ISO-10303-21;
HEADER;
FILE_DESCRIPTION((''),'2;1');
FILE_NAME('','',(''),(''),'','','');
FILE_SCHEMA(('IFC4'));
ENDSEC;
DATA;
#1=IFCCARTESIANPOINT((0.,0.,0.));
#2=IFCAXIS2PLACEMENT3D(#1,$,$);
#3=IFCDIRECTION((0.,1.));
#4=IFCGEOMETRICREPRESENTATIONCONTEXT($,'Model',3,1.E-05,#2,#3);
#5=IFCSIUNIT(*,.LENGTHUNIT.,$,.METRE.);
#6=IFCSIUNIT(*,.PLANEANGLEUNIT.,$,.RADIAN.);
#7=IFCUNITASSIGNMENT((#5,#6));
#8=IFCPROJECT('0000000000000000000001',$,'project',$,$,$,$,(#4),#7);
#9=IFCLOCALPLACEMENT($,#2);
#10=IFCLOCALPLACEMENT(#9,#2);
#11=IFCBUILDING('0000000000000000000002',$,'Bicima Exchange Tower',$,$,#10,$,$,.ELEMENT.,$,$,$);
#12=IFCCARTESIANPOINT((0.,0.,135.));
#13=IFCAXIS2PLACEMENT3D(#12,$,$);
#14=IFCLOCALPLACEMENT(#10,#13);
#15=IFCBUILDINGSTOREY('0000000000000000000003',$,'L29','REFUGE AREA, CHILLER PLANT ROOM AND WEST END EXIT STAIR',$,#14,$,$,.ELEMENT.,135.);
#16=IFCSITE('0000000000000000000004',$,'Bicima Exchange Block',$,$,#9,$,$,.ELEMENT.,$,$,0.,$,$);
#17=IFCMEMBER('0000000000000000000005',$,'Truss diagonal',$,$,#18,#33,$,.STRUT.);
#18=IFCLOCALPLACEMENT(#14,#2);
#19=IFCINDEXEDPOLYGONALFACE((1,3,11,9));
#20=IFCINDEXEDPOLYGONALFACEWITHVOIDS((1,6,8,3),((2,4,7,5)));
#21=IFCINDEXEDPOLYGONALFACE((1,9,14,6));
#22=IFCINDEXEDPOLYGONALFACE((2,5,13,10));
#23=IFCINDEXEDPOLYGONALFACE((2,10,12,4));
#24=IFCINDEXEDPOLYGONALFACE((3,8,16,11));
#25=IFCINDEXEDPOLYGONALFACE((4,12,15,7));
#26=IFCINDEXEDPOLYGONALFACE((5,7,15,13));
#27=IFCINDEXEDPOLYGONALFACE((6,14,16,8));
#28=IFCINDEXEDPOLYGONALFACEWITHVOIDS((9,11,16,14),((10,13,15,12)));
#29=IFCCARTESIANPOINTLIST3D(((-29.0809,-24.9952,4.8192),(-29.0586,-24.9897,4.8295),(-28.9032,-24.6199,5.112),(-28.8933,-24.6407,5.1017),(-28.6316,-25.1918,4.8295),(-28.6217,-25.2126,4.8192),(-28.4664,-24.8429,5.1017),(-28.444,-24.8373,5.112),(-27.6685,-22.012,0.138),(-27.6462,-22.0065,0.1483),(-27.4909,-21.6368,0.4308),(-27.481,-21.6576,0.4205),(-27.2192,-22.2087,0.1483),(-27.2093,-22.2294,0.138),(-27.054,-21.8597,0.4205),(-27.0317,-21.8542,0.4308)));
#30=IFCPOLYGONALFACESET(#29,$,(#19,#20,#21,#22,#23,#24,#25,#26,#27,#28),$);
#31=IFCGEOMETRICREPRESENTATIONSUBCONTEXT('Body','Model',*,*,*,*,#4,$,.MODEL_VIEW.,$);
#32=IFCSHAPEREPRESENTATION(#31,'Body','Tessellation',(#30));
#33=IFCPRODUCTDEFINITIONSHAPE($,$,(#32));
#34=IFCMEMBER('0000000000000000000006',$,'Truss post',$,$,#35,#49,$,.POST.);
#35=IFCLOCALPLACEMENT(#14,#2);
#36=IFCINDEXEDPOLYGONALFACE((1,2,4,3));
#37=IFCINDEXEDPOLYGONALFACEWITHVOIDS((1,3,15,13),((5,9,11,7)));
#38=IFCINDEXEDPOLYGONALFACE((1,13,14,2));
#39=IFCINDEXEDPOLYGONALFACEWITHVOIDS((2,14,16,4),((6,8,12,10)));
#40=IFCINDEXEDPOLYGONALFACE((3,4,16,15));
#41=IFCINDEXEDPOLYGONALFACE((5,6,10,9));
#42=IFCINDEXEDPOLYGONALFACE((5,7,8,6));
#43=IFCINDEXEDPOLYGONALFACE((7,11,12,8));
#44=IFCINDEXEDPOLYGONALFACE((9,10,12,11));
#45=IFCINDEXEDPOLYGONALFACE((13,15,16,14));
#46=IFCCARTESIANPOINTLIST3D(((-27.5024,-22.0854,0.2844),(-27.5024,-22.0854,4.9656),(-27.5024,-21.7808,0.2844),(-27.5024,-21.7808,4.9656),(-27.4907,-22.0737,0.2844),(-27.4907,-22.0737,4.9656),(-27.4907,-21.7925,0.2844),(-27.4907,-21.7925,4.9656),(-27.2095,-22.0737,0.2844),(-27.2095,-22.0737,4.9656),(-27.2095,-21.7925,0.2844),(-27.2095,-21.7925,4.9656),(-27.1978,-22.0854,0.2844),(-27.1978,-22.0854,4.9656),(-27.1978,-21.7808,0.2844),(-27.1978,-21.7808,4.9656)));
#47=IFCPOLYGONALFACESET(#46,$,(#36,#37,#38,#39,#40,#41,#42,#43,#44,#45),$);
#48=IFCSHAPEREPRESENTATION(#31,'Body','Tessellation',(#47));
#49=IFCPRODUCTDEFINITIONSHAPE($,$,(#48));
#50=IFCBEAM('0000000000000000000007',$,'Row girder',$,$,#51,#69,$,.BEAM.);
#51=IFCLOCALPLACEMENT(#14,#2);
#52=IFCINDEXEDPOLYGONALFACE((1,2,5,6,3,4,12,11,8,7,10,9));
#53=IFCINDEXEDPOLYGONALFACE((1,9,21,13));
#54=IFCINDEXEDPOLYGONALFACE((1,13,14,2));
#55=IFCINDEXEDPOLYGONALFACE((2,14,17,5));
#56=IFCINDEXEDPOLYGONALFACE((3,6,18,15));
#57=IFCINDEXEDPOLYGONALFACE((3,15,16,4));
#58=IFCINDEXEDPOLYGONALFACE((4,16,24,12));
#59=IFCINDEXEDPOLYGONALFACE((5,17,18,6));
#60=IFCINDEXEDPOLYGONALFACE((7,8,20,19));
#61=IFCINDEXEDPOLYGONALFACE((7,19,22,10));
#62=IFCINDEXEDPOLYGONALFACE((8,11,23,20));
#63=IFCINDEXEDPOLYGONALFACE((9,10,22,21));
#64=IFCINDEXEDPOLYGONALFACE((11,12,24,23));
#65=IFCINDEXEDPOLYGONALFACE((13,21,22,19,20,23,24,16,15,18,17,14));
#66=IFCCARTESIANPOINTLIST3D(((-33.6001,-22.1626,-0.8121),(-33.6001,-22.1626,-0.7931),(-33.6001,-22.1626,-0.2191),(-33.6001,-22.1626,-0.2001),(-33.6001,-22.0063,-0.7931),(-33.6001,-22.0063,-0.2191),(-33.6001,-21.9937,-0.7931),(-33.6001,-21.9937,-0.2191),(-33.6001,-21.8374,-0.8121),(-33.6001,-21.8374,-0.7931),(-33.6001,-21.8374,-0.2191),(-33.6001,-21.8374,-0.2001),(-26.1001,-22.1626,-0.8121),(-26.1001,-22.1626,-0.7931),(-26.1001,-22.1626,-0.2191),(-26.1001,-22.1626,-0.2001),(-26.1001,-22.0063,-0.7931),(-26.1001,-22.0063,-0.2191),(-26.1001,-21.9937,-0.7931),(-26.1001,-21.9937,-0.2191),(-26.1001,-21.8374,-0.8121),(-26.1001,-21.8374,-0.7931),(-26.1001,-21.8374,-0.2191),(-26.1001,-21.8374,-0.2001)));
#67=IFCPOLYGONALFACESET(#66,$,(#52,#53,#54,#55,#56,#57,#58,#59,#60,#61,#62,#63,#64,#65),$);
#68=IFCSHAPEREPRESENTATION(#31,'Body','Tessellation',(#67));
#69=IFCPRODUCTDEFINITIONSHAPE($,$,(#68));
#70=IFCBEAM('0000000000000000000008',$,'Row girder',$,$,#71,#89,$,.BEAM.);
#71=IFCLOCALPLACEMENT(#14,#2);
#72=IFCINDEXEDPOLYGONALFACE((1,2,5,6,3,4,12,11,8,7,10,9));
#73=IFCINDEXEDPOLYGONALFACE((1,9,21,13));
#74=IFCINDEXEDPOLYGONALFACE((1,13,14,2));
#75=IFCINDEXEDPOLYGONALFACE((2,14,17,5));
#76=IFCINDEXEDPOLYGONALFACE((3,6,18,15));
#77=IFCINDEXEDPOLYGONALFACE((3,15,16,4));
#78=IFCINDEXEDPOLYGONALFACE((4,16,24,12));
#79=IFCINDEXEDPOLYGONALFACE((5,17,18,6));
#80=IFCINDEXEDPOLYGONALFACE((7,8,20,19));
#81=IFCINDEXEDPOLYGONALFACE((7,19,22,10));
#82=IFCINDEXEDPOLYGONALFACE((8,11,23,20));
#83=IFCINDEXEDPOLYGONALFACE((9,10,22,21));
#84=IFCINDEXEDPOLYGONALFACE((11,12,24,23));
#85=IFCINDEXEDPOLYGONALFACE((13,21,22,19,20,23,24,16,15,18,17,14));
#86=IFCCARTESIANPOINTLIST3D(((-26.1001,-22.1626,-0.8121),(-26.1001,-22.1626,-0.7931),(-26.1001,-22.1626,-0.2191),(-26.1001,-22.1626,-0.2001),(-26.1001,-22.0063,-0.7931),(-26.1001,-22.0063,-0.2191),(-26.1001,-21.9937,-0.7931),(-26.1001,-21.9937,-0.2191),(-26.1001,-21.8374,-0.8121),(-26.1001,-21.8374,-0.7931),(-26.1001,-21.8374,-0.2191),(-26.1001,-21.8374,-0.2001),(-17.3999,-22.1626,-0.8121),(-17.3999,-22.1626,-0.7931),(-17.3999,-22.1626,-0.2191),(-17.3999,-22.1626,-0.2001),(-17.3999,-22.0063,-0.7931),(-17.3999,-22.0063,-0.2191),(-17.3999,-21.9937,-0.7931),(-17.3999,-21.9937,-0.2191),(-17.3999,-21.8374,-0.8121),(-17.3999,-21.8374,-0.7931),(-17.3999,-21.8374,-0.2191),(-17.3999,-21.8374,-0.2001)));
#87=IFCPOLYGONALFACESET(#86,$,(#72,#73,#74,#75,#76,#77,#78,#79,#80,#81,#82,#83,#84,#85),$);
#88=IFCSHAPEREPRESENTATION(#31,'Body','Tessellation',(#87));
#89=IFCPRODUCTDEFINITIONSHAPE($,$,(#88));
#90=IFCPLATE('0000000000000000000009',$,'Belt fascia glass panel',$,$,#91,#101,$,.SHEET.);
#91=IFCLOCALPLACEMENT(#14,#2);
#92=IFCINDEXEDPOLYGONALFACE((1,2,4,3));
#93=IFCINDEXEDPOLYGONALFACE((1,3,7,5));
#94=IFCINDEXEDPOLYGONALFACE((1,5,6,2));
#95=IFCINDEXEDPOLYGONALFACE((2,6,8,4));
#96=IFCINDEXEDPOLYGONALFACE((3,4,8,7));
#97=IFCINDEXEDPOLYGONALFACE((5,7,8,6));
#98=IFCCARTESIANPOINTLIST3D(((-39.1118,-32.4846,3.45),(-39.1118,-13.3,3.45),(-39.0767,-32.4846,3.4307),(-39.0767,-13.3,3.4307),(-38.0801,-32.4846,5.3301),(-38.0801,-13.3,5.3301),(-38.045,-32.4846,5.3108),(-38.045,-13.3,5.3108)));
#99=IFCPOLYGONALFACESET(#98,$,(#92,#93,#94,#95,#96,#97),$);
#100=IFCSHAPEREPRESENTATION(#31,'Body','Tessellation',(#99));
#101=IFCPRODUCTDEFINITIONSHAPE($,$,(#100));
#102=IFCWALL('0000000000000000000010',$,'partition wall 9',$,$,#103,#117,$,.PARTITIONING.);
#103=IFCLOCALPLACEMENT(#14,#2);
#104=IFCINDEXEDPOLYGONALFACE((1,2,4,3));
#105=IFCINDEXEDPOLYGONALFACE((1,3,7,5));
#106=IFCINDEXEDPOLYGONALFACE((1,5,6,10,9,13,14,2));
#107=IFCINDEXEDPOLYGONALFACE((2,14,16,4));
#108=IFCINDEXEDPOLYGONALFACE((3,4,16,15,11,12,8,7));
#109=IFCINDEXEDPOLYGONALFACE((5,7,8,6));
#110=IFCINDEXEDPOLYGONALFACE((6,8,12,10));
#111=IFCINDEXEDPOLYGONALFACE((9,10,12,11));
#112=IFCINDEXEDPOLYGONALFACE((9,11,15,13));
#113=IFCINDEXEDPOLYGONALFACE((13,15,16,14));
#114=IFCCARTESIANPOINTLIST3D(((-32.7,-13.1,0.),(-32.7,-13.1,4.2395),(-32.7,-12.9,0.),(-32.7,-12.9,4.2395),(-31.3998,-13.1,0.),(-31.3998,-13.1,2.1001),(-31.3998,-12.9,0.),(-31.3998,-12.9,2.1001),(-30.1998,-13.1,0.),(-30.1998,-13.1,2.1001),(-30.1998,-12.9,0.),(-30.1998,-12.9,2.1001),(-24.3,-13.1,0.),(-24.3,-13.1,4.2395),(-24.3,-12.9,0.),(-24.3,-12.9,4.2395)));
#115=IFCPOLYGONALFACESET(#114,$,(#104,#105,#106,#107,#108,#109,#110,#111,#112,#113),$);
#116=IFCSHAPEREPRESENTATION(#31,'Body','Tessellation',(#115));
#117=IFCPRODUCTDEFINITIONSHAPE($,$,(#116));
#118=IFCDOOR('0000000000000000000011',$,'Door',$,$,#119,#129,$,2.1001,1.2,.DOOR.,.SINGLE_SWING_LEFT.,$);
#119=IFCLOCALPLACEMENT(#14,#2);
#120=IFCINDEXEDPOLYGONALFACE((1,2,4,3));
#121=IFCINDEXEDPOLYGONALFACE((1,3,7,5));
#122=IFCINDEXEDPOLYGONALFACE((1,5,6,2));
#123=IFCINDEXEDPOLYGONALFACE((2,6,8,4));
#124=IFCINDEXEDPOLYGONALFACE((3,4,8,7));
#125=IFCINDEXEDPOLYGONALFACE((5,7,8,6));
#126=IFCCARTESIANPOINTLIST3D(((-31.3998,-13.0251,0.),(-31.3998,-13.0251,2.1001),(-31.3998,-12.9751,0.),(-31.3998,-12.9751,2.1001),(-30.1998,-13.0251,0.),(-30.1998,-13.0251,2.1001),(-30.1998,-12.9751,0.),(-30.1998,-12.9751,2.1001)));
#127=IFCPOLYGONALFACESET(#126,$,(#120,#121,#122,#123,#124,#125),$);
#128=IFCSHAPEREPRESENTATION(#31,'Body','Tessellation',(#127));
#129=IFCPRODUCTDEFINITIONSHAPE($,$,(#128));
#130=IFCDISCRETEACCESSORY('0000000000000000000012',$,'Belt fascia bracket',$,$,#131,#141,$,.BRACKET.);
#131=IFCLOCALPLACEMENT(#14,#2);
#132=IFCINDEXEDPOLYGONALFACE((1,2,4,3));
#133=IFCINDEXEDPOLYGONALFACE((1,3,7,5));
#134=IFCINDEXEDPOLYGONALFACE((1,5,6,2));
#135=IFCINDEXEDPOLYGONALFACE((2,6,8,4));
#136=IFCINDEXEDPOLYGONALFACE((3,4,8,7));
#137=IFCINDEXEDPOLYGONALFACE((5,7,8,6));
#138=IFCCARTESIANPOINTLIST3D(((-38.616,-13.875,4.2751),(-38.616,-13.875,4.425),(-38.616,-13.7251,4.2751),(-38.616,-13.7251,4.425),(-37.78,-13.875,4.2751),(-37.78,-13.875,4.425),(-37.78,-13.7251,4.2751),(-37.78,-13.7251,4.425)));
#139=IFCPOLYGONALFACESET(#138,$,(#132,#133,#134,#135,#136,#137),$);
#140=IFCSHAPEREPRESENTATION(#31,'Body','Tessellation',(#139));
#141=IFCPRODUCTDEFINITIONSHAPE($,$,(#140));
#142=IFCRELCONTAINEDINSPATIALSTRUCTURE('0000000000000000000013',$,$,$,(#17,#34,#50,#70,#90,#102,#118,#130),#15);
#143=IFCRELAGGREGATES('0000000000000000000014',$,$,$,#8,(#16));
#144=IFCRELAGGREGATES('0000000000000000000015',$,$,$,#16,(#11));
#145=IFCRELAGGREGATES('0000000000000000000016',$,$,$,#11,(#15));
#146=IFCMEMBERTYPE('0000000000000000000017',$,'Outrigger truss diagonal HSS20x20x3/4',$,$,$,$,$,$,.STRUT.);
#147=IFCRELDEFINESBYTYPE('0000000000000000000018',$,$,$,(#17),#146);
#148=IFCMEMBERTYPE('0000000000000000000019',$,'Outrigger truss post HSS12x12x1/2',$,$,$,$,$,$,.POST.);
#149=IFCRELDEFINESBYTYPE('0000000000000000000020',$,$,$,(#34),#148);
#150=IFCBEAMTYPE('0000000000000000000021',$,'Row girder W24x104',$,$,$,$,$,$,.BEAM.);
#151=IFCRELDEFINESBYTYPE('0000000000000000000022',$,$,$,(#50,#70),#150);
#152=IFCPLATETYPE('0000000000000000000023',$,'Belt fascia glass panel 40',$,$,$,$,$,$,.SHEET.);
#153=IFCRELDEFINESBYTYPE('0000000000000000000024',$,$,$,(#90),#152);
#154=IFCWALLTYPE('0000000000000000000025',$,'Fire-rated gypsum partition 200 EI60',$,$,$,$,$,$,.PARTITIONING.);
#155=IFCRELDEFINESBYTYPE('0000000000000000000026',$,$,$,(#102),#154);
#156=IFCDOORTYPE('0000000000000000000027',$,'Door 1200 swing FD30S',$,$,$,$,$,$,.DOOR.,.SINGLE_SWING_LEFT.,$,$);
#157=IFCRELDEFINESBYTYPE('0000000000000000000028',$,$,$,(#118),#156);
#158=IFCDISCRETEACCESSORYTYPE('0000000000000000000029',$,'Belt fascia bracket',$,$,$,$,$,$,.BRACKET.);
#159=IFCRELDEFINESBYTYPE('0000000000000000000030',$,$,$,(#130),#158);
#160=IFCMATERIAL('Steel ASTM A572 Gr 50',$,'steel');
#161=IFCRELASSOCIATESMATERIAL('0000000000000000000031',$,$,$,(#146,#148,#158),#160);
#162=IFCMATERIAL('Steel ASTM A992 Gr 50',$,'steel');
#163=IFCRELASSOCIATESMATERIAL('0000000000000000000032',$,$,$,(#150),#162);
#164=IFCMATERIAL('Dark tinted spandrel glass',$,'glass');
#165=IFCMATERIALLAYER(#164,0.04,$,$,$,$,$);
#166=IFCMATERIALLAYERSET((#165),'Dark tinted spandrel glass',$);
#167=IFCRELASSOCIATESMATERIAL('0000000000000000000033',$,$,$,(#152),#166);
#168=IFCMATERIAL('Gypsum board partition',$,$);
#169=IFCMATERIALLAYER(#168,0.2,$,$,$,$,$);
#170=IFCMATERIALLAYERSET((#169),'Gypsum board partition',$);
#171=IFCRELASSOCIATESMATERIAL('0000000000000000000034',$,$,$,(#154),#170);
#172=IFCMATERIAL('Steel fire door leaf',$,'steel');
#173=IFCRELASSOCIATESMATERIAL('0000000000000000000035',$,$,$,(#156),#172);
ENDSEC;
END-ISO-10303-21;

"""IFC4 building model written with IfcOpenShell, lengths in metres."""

from ifc_helpers import new_model, si_unit, direction, frame, frame_2d, origin, origin_2d, place, context, subcontext, project, spatial, polyline, rectangle, hollow_rectangle, i_section, outline, extrude, material, layer, layer_set, material_profile, profile_set, type_object, element, fill, save


model = new_model("IFC4")

# Units and contexts
model_context = context("Model", 3, precision=1e-05, world=origin(), true_north=direction((0.0, 1.0)))
body_context = subcontext(model_context, "Body", "Model", "MODEL_VIEW")
ifc_project = project(units=[si_unit("LENGTHUNIT", "METRE"), si_unit("PLANEANGLEUNIT", "RADIAN")], contexts=[model_context])

# Site, building, storey
site_placement = place(None, origin())
site = spatial("IfcSite", under=ifc_project, at=site_placement, Name="Bicima Exchange Block", CompositionType="ELEMENT", RefElevation=0.0)
building_placement = place(site_placement, origin())
building = spatial("IfcBuilding", under=site, at=building_placement, Name="Bicima Exchange Tower", CompositionType="ELEMENT")
storey_placement = place(building_placement, frame((0.0, 0.0, 135.0)))
storey = spatial("IfcBuildingStorey", under=building, at=storey_placement, Name="L29", Description="REFUGE AREA, CHILLER PLANT ROOM AND WEST END EXIT STAIR", CompositionType="ELEMENT", Elevation=135.0)

# Shared definitions
ifc_material_1 = material(Name="Steel ASTM A572 Gr 50", Category="steel")

# Shared definitions
ifc_material_2 = material(Name="Steel ASTM A992 Gr 50", Category="steel")

# Members
ifc_material_profile_1 = material_profile(ifc_material_1, hollow_rectangle(XDim=0.5081, YDim=0.5081, WallThickness=0.0178, at=origin_2d()))
ifc_profile_set_1 = profile_set([ifc_material_profile_1], Name="Steel ASTM A572 Gr 50")
member_type_1 = type_object("IfcMemberType", Name="Outrigger truss diagonal HSS20x20x3/4", PredefinedType="STRUT", material=ifc_profile_set_1)
member_1_placement = place(storey_placement, frame((-27.3501, -21.9331, 0.2844), z_axis=(-0.246581, -0.520825, 0.817276), x_axis=(0.903822, -0.427908, 0.0)))
element("IfcMember", 1, at=member_1_placement, inside=storey, type_object=member_type_1, Name="Truss diagonal", PredefinedType="STRUT", context=body_context, shape_type="SweptSolid", body=[
    extrude(hollow_rectangle(XDim=0.5081, YDim=0.5081, WallThickness=0.0178, at=origin_2d()), origin(), (0.0, 0.0, 1.0), 5.7278),
])
ifc_material_profile_2 = material_profile(ifc_material_1, hollow_rectangle(XDim=0.3047, YDim=0.3047, WallThickness=0.0117, at=origin_2d()))
ifc_profile_set_2 = profile_set([ifc_material_profile_2], Name="Steel ASTM A572 Gr 50")
member_type_2 = type_object("IfcMemberType", Name="Outrigger truss post HSS12x12x1/2", PredefinedType="POST", material=ifc_profile_set_2)
member_2_placement = place(storey_placement, frame((-27.3501, -21.9331, 0.2844), z_axis=(0.0, 0.0, 1.0), x_axis=(1.0, 0.0, 0.0)))
element("IfcMember", 2, at=member_2_placement, inside=storey, type_object=member_type_2, Name="Truss post", PredefinedType="POST", context=body_context, shape_type="SweptSolid", body=[
    extrude(hollow_rectangle(XDim=0.3047, YDim=0.3047, WallThickness=0.0117, at=origin_2d()), origin(), (0.0, 0.0, 1.0), 4.6812),
])

# Beams
ifc_material_profile_3 = material_profile(ifc_material_2, i_section(OverallWidth=0.3252, OverallDepth=0.6121, WebThickness=0.0127, FlangeThickness=0.019, at=origin_2d()))
ifc_profile_set_3 = profile_set([ifc_material_profile_3], Name="Steel ASTM A992 Gr 50")
beam_type_1 = type_object("IfcBeamType", Name="Row girder W24x104", PredefinedType="BEAM", material=ifc_profile_set_3)
beam_1_placement = place(storey_placement, frame((-33.6001, -22.0, -0.5061), z_axis=(1.0, 0.0, 0.0), x_axis=(0.0, 1.0, 0.0)))
element("IfcBeam", 3, at=beam_1_placement, inside=storey, type_object=beam_type_1, Name="Row girder", PredefinedType="BEAM", context=body_context, shape_type="SweptSolid", body=[
    extrude(i_section(OverallWidth=0.3252, OverallDepth=0.6121, WebThickness=0.0127, FlangeThickness=0.019, at=origin_2d()), origin(), (0.0, 0.0, 1.0), 7.5),
])
beam_2_placement = place(storey_placement, frame((-26.1001, -22.0, -0.5061), z_axis=(1.0, 0.0, 0.0), x_axis=(0.0, 1.0, 0.0)))
element("IfcBeam", 4, at=beam_2_placement, inside=storey, type_object=beam_type_1, Name="Row girder", PredefinedType="BEAM", context=body_context, shape_type="SweptSolid", body=[
    extrude(i_section(OverallWidth=0.3252, OverallDepth=0.6121, WebThickness=0.0127, FlangeThickness=0.019, at=origin_2d()), origin(), (0.0, 0.0, 1.0), 8.7002),
])

# Plate
ifc_material_3 = material(Name="Dark tinted spandrel glass", Category="glass")
ifc_layer_1 = layer(ifc_material_3, 0.04)
ifc_layer_set_1 = layer_set([ifc_layer_1], Name="Dark tinted spandrel glass")
plate_type = type_object("IfcPlateType", Name="Belt fascia glass panel 40", PredefinedType="SHEET", material=ifc_layer_set_1)
plate_placement = place(storey_placement, frame((-39.1118, -13.3, 3.45), z_axis=(-0.876675, 0.0, 0.481084), x_axis=(0.0, -1.0, 0.0)))
element("IfcPlate", 5, at=plate_placement, inside=storey, type_object=plate_type, Name="Belt fascia glass panel", PredefinedType="SHEET", context=body_context, shape_type="SweptSolid", body=[
    extrude(outline(polyline([(0.0, 0.0), (19.1846, 0.0), (19.1846, 2.1446), (0.0, 2.1446), (0.0, 0.0)])), origin(), (0.0, 0.0, -1.0), 0.04),
])

# Shared definitions
ifc_material_4 = material(Name="Gypsum board partition")
ifc_layer_2 = layer(ifc_material_4, 0.2)
ifc_layer_set_2 = layer_set([ifc_layer_2], Name="Gypsum board partition")
wall_type = type_object("IfcWallType", Name="Fire-rated gypsum partition 200 EI60", PredefinedType="PARTITIONING", material=ifc_layer_set_2)
ifc_material_5 = material(Name="Steel fire door leaf", Category="steel")

# Wall, opening, door
wall_1_placement = place(storey_placement, frame((-32.7, -13.0, 0.0), z_axis=(0.0, 0.0, 1.0), x_axis=(1.0, 0.0, 0.0)))
wall_1 = element("IfcWall", 6, at=wall_1_placement, inside=storey, type_object=wall_type, Name="partition wall 9", PredefinedType="PARTITIONING", context=body_context, shape_type="SweptSolid", body=[
    extrude(rectangle(XDim=8.3999, YDim=0.2, at=frame_2d((4.2, 0.0))), origin(), (0.0, 0.0, 1.0), 4.2395),
])
opening_1_placement = place(wall_1_placement, frame((1.3, 0.0, 0.0)))
opening_1 = element("IfcOpeningElement", 7, at=opening_1_placement, cuts=wall_1, PredefinedType="OPENING", context=body_context, shape_type="SweptSolid", body=[
    extrude(rectangle(XDim=1.2, YDim=2.1001, at=frame_2d((0.6001, 1.05))), frame((0.0, 0.1118, 0.0), z_axis=(0.0, -1.0, 0.0), x_axis=(1.0, 0.0, 0.0)), (0.0, 0.0, 1.0), 0.2239),
])
door_type_1 = type_object("IfcDoorType", Name="Door 1200 swing FD30S", OperationType="SINGLE_SWING_LEFT", PredefinedType="DOOR", material=ifc_material_5)
door_1_placement = place(opening_1_placement, origin())
door_1 = element("IfcDoor", 8, at=door_1_placement, inside=storey, type_object=door_type_1, Name="Door", OperationType="SINGLE_SWING_LEFT", OverallHeight=2.1001, OverallWidth=1.2, PredefinedType="DOOR", context=body_context, shape_type="SweptSolid", body=[
    extrude(rectangle(XDim=1.2, YDim=2.1001, at=frame_2d((0.6001, 1.05))), frame((0.0, 0.0249, 0.0), z_axis=(0.0, -1.0, 0.0), x_axis=(1.0, 0.0, 0.0)), (0.0, 0.0, 1.0), 0.05),
])
fill(opening_1, door_1)

# Discrete accessory
discrete_accessory_type = type_object("IfcDiscreteAccessoryType", Name="Belt fascia bracket", PredefinedType="BRACKET", material=ifc_material_1)
discrete_accessory_placement = place(storey_placement, frame((-38.198, -13.8, 4.2751), z_axis=(0.0, 0.0, 1.0), x_axis=(0.0, -1.0, 0.0)))
element("IfcDiscreteAccessory", 9, at=discrete_accessory_placement, inside=storey, type_object=discrete_accessory_type, Name="Belt fascia bracket", PredefinedType="BRACKET", context=body_context, shape_type="SweptSolid", body=[
    extrude(rectangle(XDim=0.1499, YDim=0.8359, at=origin_2d()), origin(), (0.0, 0.0, 1.0), 0.1499),
])

save(model, "model.ifc")
